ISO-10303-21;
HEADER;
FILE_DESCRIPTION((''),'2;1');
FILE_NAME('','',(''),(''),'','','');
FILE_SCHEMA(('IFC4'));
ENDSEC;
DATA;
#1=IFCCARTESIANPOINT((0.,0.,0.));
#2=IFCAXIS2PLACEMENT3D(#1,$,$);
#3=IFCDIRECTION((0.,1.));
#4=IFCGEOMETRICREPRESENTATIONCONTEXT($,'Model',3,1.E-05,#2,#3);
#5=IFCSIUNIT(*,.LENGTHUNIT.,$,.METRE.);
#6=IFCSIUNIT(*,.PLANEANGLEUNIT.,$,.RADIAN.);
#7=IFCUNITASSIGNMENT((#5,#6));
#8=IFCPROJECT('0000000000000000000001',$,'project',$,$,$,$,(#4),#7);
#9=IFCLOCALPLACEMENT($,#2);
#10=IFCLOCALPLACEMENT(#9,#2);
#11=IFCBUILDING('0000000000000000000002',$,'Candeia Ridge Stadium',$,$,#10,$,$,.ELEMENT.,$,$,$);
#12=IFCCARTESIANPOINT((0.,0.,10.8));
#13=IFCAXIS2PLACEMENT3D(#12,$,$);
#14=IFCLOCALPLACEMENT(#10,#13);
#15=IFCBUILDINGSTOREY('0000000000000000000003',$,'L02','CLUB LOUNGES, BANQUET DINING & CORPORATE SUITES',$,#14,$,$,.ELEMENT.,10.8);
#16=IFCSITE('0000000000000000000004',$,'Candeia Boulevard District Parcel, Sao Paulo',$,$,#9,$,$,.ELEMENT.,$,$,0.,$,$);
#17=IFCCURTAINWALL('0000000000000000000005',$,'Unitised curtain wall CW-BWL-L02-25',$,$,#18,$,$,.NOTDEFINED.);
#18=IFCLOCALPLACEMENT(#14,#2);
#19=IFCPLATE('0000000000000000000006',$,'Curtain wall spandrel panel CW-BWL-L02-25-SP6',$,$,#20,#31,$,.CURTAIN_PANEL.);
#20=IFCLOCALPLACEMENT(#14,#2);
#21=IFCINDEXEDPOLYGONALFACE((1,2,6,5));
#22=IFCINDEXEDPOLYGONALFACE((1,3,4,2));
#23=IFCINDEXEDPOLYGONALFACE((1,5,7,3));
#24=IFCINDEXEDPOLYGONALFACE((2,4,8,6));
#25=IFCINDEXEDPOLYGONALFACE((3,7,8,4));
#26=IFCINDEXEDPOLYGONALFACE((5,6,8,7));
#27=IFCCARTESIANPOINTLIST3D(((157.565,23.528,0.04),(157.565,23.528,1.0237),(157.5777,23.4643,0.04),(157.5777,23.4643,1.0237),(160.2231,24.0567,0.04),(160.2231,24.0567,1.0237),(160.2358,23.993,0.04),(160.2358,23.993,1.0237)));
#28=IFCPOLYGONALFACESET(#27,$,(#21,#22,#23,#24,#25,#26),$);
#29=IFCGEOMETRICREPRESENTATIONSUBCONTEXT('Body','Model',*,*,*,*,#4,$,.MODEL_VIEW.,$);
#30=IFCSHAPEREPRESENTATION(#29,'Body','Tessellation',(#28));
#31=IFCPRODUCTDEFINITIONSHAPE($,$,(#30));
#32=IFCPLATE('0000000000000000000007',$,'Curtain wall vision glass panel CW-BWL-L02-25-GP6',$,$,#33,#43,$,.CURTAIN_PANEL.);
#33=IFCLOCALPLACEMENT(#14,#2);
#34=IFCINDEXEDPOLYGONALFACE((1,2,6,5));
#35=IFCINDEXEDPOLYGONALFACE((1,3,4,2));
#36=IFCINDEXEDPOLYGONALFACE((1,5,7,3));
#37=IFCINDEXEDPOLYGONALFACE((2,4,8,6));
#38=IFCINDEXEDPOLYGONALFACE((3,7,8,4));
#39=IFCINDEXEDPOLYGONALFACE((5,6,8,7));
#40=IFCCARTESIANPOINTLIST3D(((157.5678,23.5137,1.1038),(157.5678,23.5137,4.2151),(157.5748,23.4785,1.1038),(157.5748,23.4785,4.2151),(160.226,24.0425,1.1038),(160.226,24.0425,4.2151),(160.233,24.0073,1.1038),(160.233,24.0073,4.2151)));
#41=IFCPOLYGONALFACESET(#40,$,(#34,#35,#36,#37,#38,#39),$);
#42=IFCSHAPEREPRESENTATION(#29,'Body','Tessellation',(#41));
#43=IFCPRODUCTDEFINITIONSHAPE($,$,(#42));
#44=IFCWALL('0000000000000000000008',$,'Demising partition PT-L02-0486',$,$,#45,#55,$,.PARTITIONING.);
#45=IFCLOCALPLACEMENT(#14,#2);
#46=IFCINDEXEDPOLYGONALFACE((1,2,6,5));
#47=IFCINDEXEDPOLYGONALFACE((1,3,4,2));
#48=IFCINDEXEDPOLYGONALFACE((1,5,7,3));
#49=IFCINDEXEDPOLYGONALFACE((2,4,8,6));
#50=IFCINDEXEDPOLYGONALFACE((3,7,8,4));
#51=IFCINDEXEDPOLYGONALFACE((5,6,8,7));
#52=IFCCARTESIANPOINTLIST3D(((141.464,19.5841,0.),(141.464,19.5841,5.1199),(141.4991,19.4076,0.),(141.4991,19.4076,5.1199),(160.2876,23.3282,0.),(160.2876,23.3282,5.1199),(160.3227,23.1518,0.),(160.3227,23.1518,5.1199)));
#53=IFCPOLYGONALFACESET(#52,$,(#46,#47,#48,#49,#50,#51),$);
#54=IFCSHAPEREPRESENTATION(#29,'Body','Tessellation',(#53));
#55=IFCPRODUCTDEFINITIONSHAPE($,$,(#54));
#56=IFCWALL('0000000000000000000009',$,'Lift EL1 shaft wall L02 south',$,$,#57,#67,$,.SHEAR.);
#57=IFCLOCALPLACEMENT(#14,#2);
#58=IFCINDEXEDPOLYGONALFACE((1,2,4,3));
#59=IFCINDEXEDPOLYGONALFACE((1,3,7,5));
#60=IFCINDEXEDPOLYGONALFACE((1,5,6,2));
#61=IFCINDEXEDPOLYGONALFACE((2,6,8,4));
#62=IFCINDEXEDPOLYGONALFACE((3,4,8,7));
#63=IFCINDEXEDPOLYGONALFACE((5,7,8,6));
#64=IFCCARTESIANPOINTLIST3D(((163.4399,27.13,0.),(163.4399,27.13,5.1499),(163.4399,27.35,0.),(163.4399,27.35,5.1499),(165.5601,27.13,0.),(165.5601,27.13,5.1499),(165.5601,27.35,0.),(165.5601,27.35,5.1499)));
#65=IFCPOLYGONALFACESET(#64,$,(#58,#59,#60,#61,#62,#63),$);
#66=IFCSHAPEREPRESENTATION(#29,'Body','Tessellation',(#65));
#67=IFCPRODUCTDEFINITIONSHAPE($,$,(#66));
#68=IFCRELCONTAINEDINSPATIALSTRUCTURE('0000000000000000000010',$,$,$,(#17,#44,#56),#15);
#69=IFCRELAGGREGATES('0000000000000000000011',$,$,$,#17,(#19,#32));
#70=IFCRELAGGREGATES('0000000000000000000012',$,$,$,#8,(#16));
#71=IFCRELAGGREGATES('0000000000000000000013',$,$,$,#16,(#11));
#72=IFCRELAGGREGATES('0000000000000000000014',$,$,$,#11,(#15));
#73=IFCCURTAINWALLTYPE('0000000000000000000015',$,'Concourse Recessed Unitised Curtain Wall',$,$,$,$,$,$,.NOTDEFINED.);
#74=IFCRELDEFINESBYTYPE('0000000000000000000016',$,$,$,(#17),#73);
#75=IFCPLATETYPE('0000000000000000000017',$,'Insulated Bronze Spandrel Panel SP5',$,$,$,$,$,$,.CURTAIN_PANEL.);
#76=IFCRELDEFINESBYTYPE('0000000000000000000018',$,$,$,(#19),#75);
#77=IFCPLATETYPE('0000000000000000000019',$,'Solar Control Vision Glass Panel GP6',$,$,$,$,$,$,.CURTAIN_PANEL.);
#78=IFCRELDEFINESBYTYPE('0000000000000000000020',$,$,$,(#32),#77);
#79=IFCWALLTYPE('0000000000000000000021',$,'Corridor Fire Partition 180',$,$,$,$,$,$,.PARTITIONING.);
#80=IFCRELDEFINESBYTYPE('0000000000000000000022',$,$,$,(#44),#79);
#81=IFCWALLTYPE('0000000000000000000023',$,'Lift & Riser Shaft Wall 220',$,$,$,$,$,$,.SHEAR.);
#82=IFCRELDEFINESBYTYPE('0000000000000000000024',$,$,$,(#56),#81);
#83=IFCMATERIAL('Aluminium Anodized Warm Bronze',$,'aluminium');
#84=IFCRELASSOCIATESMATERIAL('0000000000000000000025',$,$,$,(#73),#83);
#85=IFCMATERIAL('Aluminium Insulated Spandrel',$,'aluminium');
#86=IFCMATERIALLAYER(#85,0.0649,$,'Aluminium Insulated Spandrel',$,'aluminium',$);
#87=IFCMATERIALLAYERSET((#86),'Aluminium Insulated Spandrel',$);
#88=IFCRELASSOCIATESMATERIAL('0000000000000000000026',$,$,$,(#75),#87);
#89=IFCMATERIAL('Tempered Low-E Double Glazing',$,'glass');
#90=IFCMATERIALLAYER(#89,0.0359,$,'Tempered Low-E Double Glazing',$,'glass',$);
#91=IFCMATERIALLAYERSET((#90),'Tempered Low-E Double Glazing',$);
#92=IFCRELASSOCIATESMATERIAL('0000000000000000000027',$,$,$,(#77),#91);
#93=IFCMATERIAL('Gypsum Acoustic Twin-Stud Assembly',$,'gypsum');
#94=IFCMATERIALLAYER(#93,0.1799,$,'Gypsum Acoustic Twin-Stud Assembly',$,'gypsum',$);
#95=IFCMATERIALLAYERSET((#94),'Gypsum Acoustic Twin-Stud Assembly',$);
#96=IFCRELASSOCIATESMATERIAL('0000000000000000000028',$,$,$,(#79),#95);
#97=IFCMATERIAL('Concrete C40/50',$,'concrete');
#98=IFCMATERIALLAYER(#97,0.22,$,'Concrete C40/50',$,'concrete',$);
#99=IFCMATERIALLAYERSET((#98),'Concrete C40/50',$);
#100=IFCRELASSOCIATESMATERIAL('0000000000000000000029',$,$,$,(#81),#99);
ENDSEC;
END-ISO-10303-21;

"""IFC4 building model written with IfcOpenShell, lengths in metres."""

from ifc_helpers import new_model, si_unit, direction, frame, frame_2d, origin, origin_2d, place, context, subcontext, project, spatial, rectangle, extrude, material, layer, layer_set, type_object, element, aggregate, save


model = new_model("IFC4")

# Units and contexts
model_context = context("Model", 3, precision=1e-05, world=origin(), true_north=direction((0.0, 1.0)))
body_context = subcontext(model_context, "Body", "Model", "MODEL_VIEW")
ifc_project = project(units=[si_unit("LENGTHUNIT", "METRE"), si_unit("PLANEANGLEUNIT", "RADIAN")], contexts=[model_context])

# Site, building, storey
site_placement = place(None, origin())
site = spatial("IfcSite", under=ifc_project, at=site_placement, Name="Candeia Boulevard District Parcel, Sao Paulo", CompositionType="ELEMENT", RefElevation=0.0)
building_placement = place(site_placement, origin())
building = spatial("IfcBuilding", under=site, at=building_placement, Name="Candeia Ridge Stadium", CompositionType="ELEMENT")
storey_placement = place(building_placement, frame((0.0, 0.0, 10.8)))
storey = spatial("IfcBuildingStorey", under=building, at=storey_placement, Name="L02", Description="CLUB LOUNGES, BANQUET DINING & CORPORATE SUITES", CompositionType="ELEMENT", Elevation=10.8)

# Shared definitions
ifc_material_1 = material(Name="Concrete C40/50", Category="concrete")

# Curtain wall
ifc_material_2 = material(Name="Aluminium Anodized Warm Bronze", Category="aluminium")
curtain_wall_type = type_object("IfcCurtainWallType", Name="Concourse Recessed Unitised Curtain Wall", PredefinedType="NOTDEFINED", material=ifc_material_2)
curtain_wall_placement = place(storey_placement, origin())
curtain_wall = element("IfcCurtainWall", 1, at=curtain_wall_placement, inside=storey, type_object=curtain_wall_type, Name="Unitised curtain wall CW-BWL-L02-25", PredefinedType="NOTDEFINED")

# Plates
ifc_material_3 = material(Name="Aluminium Insulated Spandrel", Category="aluminium")
ifc_layer_1 = layer(ifc_material_3, 0.0649, Name="Aluminium Insulated Spandrel", Category="aluminium")
ifc_layer_set_1 = layer_set([ifc_layer_1], Name="Aluminium Insulated Spandrel")
plate_type_1 = type_object("IfcPlateType", Name="Insulated Bronze Spandrel Panel SP5", PredefinedType="CURTAIN_PANEL", material=ifc_layer_set_1)
plate_1_placement = place(storey_placement, frame((158.9004, 23.7605, 0.04), z_axis=(0.0, 0.0, 1.0), x_axis=(0.980785, 0.19509, 0.0)))
plate_1 = element("IfcPlate", 2, at=plate_1_placement, type_object=plate_type_1, Name="Curtain wall spandrel panel CW-BWL-L02-25-SP6", PredefinedType="CURTAIN_PANEL", context=body_context, shape_type="SweptSolid", body=[
    extrude(rectangle(XDim=2.7102, YDim=0.0649, at=origin_2d()), origin(), (0.0, 0.0, 1.0), 0.9836),
])
ifc_material_4 = material(Name="Tempered Low-E Double Glazing", Category="glass")
ifc_layer_2 = layer(ifc_material_4, 0.0359, Name="Tempered Low-E Double Glazing", Category="glass")
ifc_layer_set_2 = layer_set([ifc_layer_2], Name="Tempered Low-E Double Glazing")
plate_type_2 = type_object("IfcPlateType", Name="Solar Control Vision Glass Panel GP6", PredefinedType="CURTAIN_PANEL", material=ifc_layer_set_2)
plate_2_placement = place(storey_placement, frame((158.9004, 23.7605, 1.1038), z_axis=(0.0, 0.0, 1.0), x_axis=(0.980785, 0.19509, 0.0)))
plate_2 = element("IfcPlate", 3, at=plate_2_placement, type_object=plate_type_2, Name="Curtain wall vision glass panel CW-BWL-L02-25-GP6", PredefinedType="CURTAIN_PANEL", context=body_context, shape_type="SweptSolid", body=[
    extrude(rectangle(XDim=2.7102, YDim=0.0359, at=origin_2d()), origin(), (0.0, 0.0, 1.0), 3.1113),
])
aggregate(curtain_wall, [plate_1, plate_2])

# Walls
ifc_material_5 = material(Name="Gypsum Acoustic Twin-Stud Assembly", Category="gypsum")
ifc_layer_3 = layer(ifc_material_5, 0.1799, Name="Gypsum Acoustic Twin-Stud Assembly", Category="gypsum")
ifc_layer_set_3 = layer_set([ifc_layer_3], Name="Gypsum Acoustic Twin-Stud Assembly")
wall_type_1 = type_object("IfcWallType", Name="Corridor Fire Partition 180", PredefinedType="PARTITIONING", material=ifc_layer_set_3)
wall_1_placement = place(storey_placement, frame((160.3052, 23.24, 0.0), z_axis=(0.0, 0.0, 1.0), x_axis=(-0.980787, -0.195084, 0.0)))
element("IfcWall", 4, at=wall_1_placement, inside=storey, type_object=wall_type_1, Name="Demising partition PT-L02-0486", PredefinedType="PARTITIONING", context=body_context, shape_type="SweptSolid", body=[
    extrude(rectangle(XDim=19.1924, YDim=0.1799, at=frame_2d((9.5962, 0.0))), origin(), (0.0, 0.0, 1.0), 5.1199),
])
ifc_layer_4 = layer(ifc_material_1, 0.22, Name="Concrete C40/50", Category="concrete")
ifc_layer_set_4 = layer_set([ifc_layer_4], Name="Concrete C40/50")
wall_type_2 = type_object("IfcWallType", Name="Lift & Riser Shaft Wall 220", PredefinedType="SHEAR", material=ifc_layer_set_4)
wall_2_placement = place(storey_placement, frame((163.4399, 27.24, 0.0), z_axis=(0.0, 0.0, 1.0), x_axis=(1.0, 0.0, 0.0)))
element("IfcWall", 5, at=wall_2_placement, inside=storey, type_object=wall_type_2, Name="Lift EL1 shaft wall L02 south", PredefinedType="SHEAR", context=body_context, shape_type="SweptSolid", body=[
    extrude(rectangle(XDim=2.1201, YDim=0.22, at=frame_2d((1.0601, 0.0))), origin(), (0.0, 0.0, 1.0), 5.1499),
])

save(model, "model.ifc")
